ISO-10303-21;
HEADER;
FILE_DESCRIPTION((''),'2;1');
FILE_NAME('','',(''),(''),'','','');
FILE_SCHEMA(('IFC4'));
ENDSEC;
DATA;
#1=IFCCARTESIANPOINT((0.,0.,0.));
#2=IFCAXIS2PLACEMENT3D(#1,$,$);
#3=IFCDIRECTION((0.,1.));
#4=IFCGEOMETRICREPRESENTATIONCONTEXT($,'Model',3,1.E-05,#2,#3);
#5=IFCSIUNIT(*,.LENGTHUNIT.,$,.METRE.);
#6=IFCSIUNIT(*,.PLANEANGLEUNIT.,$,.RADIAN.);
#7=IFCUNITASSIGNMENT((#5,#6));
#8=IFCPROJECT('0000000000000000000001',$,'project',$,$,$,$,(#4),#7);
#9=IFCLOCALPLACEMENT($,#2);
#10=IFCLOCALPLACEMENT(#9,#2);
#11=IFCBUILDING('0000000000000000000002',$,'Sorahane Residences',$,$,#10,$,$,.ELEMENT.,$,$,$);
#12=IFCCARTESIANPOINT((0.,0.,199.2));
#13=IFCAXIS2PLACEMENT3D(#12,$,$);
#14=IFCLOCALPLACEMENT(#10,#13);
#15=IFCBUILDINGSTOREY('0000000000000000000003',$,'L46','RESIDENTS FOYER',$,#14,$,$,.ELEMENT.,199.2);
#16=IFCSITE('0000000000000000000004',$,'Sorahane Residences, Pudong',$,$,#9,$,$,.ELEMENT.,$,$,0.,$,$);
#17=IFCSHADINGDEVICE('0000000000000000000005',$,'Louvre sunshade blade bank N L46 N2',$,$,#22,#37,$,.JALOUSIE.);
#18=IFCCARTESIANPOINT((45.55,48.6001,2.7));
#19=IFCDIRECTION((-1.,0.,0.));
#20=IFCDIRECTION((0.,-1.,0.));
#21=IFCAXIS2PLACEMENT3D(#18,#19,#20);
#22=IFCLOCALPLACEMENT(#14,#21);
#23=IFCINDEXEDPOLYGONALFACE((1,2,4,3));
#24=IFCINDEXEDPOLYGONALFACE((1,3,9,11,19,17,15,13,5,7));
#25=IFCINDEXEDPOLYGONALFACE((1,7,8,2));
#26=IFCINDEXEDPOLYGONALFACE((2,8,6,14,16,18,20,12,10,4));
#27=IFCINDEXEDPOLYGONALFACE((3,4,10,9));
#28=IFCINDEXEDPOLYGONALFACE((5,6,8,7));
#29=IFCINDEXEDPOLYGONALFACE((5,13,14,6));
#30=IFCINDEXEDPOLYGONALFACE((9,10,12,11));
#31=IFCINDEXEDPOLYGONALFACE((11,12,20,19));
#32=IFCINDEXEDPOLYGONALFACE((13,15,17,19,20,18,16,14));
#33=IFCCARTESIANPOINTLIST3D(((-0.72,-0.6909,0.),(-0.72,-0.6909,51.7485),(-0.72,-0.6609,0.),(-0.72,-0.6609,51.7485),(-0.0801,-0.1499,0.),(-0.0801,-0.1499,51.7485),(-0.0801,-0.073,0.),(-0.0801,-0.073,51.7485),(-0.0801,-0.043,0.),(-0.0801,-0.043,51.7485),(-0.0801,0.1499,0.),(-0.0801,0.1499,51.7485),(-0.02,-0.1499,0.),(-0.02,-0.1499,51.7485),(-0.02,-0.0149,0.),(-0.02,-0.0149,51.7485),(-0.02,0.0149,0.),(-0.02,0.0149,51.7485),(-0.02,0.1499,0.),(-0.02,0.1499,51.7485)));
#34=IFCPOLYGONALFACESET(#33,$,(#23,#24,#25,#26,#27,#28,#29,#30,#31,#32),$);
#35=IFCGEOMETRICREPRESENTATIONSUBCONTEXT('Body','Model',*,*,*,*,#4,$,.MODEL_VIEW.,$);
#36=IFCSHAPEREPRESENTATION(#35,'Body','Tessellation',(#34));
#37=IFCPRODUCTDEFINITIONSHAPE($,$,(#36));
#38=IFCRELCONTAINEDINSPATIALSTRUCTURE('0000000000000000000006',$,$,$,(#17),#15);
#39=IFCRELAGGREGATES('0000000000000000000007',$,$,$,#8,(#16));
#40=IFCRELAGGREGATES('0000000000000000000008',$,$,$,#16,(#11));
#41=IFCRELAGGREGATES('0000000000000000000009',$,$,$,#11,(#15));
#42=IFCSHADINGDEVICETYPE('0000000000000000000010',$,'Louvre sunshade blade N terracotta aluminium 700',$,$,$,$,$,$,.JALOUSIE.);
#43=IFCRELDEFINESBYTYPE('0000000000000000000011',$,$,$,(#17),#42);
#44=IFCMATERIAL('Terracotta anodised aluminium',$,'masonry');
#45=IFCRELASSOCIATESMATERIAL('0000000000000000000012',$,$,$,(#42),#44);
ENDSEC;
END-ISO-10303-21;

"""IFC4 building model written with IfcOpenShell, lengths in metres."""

from ifc_helpers import new_model, si_unit, direction, frame, origin, place, context, subcontext, project, spatial, polyline, outline, extrude, material, type_object, element, save


model = new_model("IFC4")

# Units and contexts
model_context = context("Model", 3, precision=1e-05, world=origin(), true_north=direction((0.0, 1.0)))
body_context = subcontext(model_context, "Body", "Model", "MODEL_VIEW")
ifc_project = project(units=[si_unit("LENGTHUNIT", "METRE"), si_unit("PLANEANGLEUNIT", "RADIAN")], contexts=[model_context])

# Site, building, storey
site_placement = place(None, origin())
site = spatial("IfcSite", under=ifc_project, at=site_placement, Name="Sorahane Residences, Pudong", CompositionType="ELEMENT", RefElevation=0.0)
building_placement = place(site_placement, origin())
building = spatial("IfcBuilding", under=site, at=building_placement, Name="Sorahane Residences", CompositionType="ELEMENT")
storey_placement = place(building_placement, frame((0.0, 0.0, 199.2)))
storey = spatial("IfcBuildingStorey", under=building, at=storey_placement, Name="L46", Description="RESIDENTS FOYER", CompositionType="ELEMENT", Elevation=199.2)

# Shading device
ifc_material_1 = material(Name="Terracotta anodised aluminium", Category="masonry")
shading_device_type = type_object("IfcShadingDeviceType", Name="Louvre sunshade blade N terracotta aluminium 700", PredefinedType="JALOUSIE", material=ifc_material_1)
shading_device_placement = place(storey_placement, frame((45.55, 48.6001, 2.7), z_axis=(-1.0, 0.0, 0.0), x_axis=(0.0, -1.0, 0.0)))
element("IfcShadingDevice", 1, at=shading_device_placement, inside=storey, type_object=shading_device_type, Name="Louvre sunshade blade bank N L46 N2", PredefinedType="JALOUSIE", context=body_context, shape_type="SweptSolid", body=[
    extrude(outline(polyline([(-0.72, -0.6609), (-0.72, -0.6909), (-0.0801, -0.073), (-0.0801, -0.1499), (-0.02, -0.1499), (-0.02, -0.0149), (-0.02, 0.0149), (-0.02, 0.1499), (-0.0801, 0.1499), (-0.0801, -0.043), (-0.72, -0.6609)])), origin(), (0.0, 0.0, 1.0), 51.7485),
])

save(model, "model.ifc")
